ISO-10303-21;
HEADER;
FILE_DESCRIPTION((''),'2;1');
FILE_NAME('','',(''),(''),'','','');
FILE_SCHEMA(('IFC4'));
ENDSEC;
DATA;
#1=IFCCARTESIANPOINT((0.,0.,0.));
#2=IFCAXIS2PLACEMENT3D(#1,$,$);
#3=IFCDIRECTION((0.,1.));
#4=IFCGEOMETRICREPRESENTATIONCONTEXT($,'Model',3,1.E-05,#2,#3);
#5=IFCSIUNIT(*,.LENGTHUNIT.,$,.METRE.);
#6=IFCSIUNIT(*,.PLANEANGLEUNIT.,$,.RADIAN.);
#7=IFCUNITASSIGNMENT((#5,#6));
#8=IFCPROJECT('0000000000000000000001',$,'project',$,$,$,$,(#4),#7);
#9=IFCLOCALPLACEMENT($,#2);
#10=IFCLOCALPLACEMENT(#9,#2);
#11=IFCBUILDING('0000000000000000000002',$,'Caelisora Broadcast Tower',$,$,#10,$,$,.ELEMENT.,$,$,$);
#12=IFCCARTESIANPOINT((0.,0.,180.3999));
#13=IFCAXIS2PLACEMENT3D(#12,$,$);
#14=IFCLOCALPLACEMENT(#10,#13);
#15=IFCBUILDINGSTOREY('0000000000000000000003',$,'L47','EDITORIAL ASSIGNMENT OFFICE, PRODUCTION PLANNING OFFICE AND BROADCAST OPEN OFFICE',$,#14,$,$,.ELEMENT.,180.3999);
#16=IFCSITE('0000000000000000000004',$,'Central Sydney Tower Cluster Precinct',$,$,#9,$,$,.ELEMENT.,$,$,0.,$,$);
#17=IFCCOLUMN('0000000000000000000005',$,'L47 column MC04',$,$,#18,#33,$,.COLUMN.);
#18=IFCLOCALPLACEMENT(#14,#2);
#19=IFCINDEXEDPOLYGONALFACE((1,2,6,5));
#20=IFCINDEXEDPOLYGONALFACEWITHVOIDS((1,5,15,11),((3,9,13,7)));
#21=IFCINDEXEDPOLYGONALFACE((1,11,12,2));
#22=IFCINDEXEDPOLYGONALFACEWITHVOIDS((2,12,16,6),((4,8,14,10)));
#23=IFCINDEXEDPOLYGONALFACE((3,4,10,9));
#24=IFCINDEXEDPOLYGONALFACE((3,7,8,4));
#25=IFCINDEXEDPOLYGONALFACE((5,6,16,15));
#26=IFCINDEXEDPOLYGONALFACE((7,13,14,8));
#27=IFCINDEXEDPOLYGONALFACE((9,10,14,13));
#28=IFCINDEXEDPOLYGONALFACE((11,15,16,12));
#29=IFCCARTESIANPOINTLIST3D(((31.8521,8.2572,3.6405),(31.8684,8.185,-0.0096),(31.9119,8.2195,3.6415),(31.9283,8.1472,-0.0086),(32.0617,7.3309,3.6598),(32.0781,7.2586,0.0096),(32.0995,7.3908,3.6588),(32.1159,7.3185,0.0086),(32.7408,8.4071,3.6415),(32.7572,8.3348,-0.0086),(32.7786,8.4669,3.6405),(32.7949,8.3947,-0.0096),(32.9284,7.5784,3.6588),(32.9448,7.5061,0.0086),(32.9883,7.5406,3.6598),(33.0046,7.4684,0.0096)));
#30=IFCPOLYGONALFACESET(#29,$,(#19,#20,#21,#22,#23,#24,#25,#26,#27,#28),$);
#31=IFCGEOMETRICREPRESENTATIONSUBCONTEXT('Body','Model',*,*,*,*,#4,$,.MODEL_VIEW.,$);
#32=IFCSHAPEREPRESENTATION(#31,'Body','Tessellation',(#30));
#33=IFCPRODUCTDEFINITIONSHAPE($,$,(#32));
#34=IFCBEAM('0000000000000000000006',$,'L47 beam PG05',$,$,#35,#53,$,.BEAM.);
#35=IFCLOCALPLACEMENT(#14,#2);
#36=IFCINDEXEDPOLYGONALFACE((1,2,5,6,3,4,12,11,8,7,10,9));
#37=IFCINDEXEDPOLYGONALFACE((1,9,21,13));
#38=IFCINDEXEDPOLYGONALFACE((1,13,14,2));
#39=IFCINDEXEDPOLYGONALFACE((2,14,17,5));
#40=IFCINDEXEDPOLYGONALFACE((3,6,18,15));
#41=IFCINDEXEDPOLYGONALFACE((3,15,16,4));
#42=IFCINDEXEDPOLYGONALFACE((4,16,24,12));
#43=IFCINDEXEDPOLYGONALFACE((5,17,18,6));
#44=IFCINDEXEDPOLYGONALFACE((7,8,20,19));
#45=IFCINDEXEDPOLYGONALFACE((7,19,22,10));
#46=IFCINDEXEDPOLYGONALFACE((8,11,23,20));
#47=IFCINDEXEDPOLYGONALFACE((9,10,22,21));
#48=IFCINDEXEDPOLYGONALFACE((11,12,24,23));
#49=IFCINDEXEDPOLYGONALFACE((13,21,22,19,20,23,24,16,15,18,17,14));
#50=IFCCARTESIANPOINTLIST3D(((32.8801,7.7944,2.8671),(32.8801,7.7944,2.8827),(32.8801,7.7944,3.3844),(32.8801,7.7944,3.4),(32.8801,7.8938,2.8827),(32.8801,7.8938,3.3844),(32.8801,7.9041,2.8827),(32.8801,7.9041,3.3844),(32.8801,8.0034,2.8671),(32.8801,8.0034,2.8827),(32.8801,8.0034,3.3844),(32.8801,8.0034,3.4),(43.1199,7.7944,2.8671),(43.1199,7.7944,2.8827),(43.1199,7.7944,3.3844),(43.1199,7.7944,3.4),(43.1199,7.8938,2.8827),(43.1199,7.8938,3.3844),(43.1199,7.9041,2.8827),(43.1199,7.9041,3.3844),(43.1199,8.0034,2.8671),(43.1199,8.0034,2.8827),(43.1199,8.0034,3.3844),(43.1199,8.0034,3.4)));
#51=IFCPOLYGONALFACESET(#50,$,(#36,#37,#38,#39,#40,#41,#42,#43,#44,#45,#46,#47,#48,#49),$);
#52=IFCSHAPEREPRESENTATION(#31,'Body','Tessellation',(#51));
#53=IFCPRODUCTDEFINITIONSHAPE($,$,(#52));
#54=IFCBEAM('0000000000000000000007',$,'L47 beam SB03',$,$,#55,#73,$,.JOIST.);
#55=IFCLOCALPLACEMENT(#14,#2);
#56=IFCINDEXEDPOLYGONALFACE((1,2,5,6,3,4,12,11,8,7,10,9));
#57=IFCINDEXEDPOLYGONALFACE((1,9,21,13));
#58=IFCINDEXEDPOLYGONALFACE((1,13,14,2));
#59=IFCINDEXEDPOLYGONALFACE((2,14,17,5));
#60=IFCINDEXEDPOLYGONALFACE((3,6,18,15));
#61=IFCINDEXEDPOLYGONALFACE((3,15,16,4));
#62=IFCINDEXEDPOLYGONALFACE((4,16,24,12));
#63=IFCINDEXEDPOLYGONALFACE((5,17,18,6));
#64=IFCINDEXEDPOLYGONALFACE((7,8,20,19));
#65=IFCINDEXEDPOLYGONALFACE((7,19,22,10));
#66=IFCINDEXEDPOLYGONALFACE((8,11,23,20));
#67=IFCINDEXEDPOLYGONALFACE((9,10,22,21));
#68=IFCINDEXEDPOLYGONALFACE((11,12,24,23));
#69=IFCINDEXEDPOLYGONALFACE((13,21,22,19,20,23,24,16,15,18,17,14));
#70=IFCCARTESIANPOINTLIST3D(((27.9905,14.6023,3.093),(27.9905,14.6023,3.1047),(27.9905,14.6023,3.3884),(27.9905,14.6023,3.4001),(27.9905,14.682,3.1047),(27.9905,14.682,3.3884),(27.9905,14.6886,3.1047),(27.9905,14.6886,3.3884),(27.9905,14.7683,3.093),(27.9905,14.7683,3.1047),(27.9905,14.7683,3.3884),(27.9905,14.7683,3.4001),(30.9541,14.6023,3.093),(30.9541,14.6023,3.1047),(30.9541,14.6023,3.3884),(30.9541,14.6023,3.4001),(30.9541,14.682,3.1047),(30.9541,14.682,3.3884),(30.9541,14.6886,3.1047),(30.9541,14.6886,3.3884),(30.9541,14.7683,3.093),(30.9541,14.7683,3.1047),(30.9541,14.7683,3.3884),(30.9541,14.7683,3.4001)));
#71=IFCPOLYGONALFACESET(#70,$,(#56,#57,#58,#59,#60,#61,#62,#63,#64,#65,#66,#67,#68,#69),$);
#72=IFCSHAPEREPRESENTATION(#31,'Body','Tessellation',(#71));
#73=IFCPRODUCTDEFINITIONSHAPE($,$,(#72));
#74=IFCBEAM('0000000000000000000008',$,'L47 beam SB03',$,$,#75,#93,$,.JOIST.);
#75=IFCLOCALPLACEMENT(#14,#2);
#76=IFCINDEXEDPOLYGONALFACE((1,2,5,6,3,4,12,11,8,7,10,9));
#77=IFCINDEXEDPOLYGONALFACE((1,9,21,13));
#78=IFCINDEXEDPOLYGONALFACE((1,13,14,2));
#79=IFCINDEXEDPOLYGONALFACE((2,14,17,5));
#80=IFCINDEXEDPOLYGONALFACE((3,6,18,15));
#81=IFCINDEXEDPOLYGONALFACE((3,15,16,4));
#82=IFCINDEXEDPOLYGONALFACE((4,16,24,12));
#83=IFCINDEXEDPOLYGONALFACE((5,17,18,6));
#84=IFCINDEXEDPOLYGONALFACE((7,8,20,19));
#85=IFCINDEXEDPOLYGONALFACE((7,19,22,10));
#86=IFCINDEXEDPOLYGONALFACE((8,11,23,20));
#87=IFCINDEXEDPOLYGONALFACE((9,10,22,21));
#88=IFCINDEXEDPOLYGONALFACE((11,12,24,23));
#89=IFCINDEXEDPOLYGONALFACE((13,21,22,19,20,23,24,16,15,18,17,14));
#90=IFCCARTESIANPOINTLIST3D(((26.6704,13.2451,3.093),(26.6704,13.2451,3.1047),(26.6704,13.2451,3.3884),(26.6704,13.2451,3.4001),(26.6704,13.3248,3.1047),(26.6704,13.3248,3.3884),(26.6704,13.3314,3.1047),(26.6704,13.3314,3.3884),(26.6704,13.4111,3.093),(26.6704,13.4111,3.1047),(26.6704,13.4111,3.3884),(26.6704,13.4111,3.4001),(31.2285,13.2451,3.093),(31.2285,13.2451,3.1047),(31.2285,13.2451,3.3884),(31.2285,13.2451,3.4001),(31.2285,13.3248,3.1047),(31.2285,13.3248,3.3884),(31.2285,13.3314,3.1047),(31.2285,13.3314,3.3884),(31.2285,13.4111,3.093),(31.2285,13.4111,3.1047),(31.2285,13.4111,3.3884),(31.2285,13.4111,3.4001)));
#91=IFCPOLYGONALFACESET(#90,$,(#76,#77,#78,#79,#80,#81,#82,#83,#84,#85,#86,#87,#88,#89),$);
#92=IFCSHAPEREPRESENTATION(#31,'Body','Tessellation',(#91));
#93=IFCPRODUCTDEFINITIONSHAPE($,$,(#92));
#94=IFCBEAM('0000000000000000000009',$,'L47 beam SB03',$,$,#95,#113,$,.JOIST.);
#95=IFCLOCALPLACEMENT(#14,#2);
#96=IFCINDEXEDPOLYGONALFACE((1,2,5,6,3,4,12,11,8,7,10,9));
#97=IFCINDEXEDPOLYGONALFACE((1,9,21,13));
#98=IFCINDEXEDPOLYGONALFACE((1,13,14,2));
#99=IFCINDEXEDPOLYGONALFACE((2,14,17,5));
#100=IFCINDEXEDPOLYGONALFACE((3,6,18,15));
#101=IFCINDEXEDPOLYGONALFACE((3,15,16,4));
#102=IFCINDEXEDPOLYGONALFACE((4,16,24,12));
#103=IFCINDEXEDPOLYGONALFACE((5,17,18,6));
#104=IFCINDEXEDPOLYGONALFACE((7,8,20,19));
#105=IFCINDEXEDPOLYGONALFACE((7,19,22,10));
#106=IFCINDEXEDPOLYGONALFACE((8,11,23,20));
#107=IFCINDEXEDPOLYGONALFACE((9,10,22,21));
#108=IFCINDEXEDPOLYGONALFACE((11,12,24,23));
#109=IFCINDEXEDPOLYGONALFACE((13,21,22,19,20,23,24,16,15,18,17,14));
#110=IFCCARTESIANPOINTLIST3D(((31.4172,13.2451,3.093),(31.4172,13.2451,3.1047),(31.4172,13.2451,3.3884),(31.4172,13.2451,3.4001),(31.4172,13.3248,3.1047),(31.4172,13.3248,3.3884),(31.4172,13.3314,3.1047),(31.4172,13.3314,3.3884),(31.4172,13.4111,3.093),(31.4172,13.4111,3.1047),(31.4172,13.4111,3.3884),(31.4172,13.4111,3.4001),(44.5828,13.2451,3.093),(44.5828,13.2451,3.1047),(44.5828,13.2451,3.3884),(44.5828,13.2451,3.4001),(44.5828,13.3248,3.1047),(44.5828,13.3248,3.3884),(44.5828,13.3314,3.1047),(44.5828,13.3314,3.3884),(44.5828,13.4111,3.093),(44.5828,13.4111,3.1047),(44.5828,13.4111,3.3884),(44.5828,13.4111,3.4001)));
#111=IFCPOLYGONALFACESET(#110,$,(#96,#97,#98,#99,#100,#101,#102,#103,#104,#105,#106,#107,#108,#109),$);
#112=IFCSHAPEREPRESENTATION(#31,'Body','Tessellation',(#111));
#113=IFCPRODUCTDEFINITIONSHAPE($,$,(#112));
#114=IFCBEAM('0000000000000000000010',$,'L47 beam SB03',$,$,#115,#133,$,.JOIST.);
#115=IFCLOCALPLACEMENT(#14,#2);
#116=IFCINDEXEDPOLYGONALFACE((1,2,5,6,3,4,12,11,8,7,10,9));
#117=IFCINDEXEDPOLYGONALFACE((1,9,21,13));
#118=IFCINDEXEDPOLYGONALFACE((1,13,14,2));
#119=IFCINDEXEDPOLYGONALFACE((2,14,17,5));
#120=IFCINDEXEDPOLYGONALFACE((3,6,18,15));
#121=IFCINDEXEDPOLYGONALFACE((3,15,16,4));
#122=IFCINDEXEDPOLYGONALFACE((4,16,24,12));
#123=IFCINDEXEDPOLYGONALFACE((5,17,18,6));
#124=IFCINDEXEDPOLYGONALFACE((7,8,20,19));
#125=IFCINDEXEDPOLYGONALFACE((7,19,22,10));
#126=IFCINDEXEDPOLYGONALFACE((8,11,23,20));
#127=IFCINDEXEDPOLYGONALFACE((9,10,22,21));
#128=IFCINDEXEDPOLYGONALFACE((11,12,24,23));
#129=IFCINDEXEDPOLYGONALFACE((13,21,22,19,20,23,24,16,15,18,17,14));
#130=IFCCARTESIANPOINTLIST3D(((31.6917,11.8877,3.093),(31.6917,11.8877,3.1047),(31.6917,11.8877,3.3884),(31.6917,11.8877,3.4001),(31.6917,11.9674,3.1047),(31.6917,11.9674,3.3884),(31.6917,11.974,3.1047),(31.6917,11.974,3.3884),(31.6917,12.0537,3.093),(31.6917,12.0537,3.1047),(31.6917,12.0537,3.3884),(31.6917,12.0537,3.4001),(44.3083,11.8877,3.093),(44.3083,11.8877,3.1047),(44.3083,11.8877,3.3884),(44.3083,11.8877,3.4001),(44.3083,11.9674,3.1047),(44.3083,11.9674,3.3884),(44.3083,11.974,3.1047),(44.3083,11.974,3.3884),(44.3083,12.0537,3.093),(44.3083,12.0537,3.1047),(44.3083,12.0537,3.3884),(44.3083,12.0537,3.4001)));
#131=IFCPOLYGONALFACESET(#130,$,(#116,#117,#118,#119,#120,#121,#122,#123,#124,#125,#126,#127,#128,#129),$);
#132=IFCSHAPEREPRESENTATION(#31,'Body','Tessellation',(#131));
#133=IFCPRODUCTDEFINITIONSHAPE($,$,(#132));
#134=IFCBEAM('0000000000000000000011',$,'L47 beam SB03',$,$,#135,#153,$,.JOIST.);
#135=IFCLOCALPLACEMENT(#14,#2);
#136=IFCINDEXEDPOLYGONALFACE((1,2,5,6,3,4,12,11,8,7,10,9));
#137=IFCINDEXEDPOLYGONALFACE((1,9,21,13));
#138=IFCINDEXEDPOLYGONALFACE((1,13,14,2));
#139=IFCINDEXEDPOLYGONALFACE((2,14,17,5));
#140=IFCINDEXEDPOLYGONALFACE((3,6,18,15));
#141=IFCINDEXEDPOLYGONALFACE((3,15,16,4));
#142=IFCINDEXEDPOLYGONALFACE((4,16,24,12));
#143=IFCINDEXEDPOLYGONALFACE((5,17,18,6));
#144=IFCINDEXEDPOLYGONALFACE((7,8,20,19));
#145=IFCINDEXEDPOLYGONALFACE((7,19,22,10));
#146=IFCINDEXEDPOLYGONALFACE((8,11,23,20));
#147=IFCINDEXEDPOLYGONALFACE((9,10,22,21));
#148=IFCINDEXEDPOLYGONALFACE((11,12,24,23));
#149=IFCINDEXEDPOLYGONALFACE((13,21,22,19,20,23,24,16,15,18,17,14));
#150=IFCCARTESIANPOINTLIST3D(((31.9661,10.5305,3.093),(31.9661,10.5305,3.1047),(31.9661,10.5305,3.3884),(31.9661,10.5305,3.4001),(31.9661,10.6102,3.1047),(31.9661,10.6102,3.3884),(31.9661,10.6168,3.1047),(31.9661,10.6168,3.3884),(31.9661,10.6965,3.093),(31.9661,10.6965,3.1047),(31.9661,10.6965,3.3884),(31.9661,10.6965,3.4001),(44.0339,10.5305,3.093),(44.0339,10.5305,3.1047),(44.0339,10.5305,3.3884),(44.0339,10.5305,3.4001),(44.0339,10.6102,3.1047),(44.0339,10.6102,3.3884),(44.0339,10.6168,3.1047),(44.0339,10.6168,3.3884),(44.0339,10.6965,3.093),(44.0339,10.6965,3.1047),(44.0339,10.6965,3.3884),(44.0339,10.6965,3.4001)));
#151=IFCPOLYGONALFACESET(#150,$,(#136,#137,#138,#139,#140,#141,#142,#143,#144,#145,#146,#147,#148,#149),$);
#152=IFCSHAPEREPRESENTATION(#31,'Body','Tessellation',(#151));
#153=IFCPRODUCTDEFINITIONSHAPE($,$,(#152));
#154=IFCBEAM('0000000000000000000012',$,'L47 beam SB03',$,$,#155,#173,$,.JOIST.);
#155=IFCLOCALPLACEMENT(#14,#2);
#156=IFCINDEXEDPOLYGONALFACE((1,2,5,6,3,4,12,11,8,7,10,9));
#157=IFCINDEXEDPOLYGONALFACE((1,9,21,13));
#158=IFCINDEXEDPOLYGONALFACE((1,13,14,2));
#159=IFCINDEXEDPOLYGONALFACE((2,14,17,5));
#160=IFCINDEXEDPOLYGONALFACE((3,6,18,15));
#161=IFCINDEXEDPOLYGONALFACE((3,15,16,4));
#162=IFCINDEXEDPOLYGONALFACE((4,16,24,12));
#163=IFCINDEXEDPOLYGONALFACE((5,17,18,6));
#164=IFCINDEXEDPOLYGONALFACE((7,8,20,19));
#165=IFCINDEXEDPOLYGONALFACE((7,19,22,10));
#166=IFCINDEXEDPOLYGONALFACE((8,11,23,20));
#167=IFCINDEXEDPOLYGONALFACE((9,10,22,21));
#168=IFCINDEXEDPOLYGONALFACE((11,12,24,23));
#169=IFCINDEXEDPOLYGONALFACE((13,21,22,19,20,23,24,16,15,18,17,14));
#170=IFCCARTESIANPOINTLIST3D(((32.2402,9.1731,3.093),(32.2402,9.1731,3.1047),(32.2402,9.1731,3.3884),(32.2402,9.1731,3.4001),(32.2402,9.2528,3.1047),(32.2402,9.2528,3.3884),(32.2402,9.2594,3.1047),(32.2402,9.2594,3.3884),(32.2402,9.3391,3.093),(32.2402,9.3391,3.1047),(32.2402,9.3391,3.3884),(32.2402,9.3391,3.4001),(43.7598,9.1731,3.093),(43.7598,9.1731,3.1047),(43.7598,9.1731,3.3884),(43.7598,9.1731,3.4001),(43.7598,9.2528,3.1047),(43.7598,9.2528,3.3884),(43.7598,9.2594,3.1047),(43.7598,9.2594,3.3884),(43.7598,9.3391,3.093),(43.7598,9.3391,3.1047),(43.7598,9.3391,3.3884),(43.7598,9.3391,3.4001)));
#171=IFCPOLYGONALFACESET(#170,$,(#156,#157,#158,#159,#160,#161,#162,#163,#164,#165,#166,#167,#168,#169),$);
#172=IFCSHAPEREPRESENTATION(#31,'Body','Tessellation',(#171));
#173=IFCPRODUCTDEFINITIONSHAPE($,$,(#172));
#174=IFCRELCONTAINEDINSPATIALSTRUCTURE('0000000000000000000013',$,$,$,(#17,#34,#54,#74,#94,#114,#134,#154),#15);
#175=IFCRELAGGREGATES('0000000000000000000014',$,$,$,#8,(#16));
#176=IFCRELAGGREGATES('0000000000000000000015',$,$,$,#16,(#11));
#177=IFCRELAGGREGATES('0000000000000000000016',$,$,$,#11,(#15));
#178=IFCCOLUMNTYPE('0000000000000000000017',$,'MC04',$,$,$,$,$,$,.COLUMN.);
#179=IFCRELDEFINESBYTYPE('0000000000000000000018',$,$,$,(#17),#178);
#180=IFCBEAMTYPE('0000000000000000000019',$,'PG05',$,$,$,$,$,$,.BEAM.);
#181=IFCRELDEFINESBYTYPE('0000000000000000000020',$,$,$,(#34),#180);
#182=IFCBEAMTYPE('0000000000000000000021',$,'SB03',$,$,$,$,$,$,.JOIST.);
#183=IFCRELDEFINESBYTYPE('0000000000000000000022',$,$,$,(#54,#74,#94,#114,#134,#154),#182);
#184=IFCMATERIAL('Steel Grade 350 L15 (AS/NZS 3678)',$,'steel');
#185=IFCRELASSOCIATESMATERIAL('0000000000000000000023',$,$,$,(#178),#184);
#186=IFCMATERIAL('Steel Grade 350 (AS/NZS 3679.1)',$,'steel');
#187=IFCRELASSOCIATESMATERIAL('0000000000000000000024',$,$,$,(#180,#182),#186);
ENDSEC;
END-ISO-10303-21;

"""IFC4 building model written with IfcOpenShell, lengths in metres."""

from ifc_helpers import new_model, si_unit, direction, frame, origin, origin_2d, place, context, subcontext, project, spatial, hollow_rectangle, i_section, extrude, source, transform, mapped, material, material_profile, profile_set, type_object, type_shapes, element, save


model = new_model("IFC4")

# Units and contexts
model_context = context("Model", 3, precision=1e-05, world=origin(), true_north=direction((0.0, 1.0)))
body_context = subcontext(model_context, "Body", "Model", "MODEL_VIEW")
ifc_project = project(units=[si_unit("LENGTHUNIT", "METRE"), si_unit("PLANEANGLEUNIT", "RADIAN")], contexts=[model_context])

# Site, building, storey
site_placement = place(None, origin())
site = spatial("IfcSite", under=ifc_project, at=site_placement, Name="Central Sydney Tower Cluster Precinct", CompositionType="ELEMENT", RefElevation=0.0)
building_placement = place(site_placement, origin())
building = spatial("IfcBuilding", under=site, at=building_placement, Name="Caelisora Broadcast Tower", CompositionType="ELEMENT")
storey_placement = place(building_placement, frame((0.0, 0.0, 180.3999)))
storey = spatial("IfcBuildingStorey", under=building, at=storey_placement, Name="L47", Description="EDITORIAL ASSIGNMENT OFFICE, PRODUCTION PLANNING OFFICE AND BROADCAST OPEN OFFICE", CompositionType="ELEMENT", Elevation=180.3999)

# Column
ifc_material_1 = material(Name="Steel Grade 350 L15 (AS/NZS 3678)", Category="steel")
ifc_material_profile_1 = material_profile(ifc_material_1, hollow_rectangle(XDim=0.95, YDim=0.95, WallThickness=0.05, at=origin_2d()), Name="Steel Grade 350 L15 (AS/NZS 3678)")
ifc_profile_set_1 = profile_set([ifc_material_profile_1], Name="Steel Grade 350 L15 (AS/NZS 3678)")
column_type = type_object("IfcColumnType", Name="MC04", PredefinedType="COLUMN", material=ifc_profile_set_1)
shared_shape_1 = source(origin(), body_context, "Body", "SweptSolid", [
    extrude(hollow_rectangle(XDim=0.95, YDim=0.95, WallThickness=0.05, at=origin_2d()), origin(), (0.0, 0.0, 1.0), 3.6509),
])
type_shapes(column_type, [shared_shape_1])
column_placement = place(storey_placement, frame((32.4365, 7.8267, 0.0), z_axis=(-0.00448, 0.019794, 0.999794), x_axis=(-0.975327, -0.220767, 0.0)))
element("IfcColumn", 1, at=column_placement, inside=storey, type_object=column_type, Name="L47 column MC04", PredefinedType="COLUMN", context=body_context, shape_type="MappedRepresentation", body=[
    mapped(shared_shape_1, transform((0.0, 0.0, 0.0), scale=1.0)),
])

# Beams
ifc_material_2 = material(Name="Steel Grade 350 (AS/NZS 3679.1)", Category="steel")
ifc_material_profile_2 = material_profile(ifc_material_2, i_section(OverallWidth=0.209, OverallDepth=0.533, WebThickness=0.0103, FlangeThickness=0.0156, at=origin_2d()), Name="Steel Grade 350 (AS/NZS 3679.1)")
ifc_profile_set_2 = profile_set([ifc_material_profile_2], Name="Steel Grade 350 (AS/NZS 3679.1)")
beam_type_1 = type_object("IfcBeamType", Name="PG05", PredefinedType="BEAM", material=ifc_profile_set_2)
shared_shape_2 = source(origin(), body_context, "Body", "SweptSolid", [
    extrude(i_section(OverallWidth=0.209, OverallDepth=0.533, WebThickness=0.0103, FlangeThickness=0.0156, at=origin_2d()), origin(), (0.0, 0.0, 1.0), 10.2397),
])
type_shapes(beam_type_1, [shared_shape_2])
beam_1_placement = place(storey_placement, frame((32.8801, 7.8989, 3.1335), z_axis=(1.0, 0.0, 0.0), x_axis=(0.0, 1.0, 0.0)))
element("IfcBeam", 2, at=beam_1_placement, inside=storey, type_object=beam_type_1, Name="L47 beam PG05", PredefinedType="BEAM", context=body_context, shape_type="MappedRepresentation", body=[
    mapped(shared_shape_2, transform((0.0, 0.0, 0.0), scale=1.0)),
])
ifc_material_profile_3 = material_profile(ifc_material_2, i_section(OverallWidth=0.166, OverallDepth=0.3071, WebThickness=0.0066, FlangeThickness=0.0117, at=origin_2d()), Name="Steel Grade 350 (AS/NZS 3679.1)")
ifc_profile_set_3 = profile_set([ifc_material_profile_3], Name="Steel Grade 350 (AS/NZS 3679.1)")
beam_type_2 = type_object("IfcBeamType", Name="SB03", PredefinedType="JOIST", material=ifc_profile_set_3)
shared_shape_3 = source(origin(), body_context, "Body", "SweptSolid", [
    extrude(i_section(OverallWidth=0.166, OverallDepth=0.3071, WebThickness=0.0066, FlangeThickness=0.0117, at=origin_2d()), origin(), (0.0, 0.0, 1.0), 2.9636),
])
beam_2_placement = place(storey_placement, frame((27.9905, 14.6853, 3.2466), z_axis=(1.0, 0.0, 0.0), x_axis=(0.0, 1.0, 0.0)))
element("IfcBeam", 3, at=beam_2_placement, inside=storey, type_object=beam_type_2, Name="L47 beam SB03", PredefinedType="JOIST", context=body_context, shape_type="MappedRepresentation", body=[
    mapped(shared_shape_3, transform((0.0, 0.0, 0.0), scale=1.0)),
])
shared_shape_4 = source(origin(), body_context, "Body", "SweptSolid", [
    extrude(i_section(OverallWidth=0.166, OverallDepth=0.3071, WebThickness=0.0066, FlangeThickness=0.0117, at=origin_2d()), origin(), (0.0, 0.0, 1.0), 4.5581),
])
beam_3_placement = place(storey_placement, frame((26.6704, 13.3281, 3.2466), z_axis=(1.0, 0.0, 0.0), x_axis=(0.0, 1.0, 0.0)))
element("IfcBeam", 4, at=beam_3_placement, inside=storey, type_object=beam_type_2, Name="L47 beam SB03", PredefinedType="JOIST", context=body_context, shape_type="MappedRepresentation", body=[
    mapped(shared_shape_4, transform((0.0, 0.0, 0.0), scale=1.0)),
])
shared_shape_5 = source(origin(), body_context, "Body", "SweptSolid", [
    extrude(i_section(OverallWidth=0.166, OverallDepth=0.3071, WebThickness=0.0066, FlangeThickness=0.0117, at=origin_2d()), origin(), (0.0, 0.0, 1.0), 13.1655),
])
beam_4_placement = place(storey_placement, frame((31.4172, 13.3281, 3.2466), z_axis=(1.0, 0.0, 0.0), x_axis=(0.0, 1.0, 0.0)))
element("IfcBeam", 5, at=beam_4_placement, inside=storey, type_object=beam_type_2, Name="L47 beam SB03", PredefinedType="JOIST", context=body_context, shape_type="MappedRepresentation", body=[
    mapped(shared_shape_5, transform((0.0, 0.0, 0.0), scale=1.0)),
])
shared_shape_6 = source(origin(), body_context, "Body", "SweptSolid", [
    extrude(i_section(OverallWidth=0.166, OverallDepth=0.3071, WebThickness=0.0066, FlangeThickness=0.0117, at=origin_2d()), origin(), (0.0, 0.0, 1.0), 12.6167),
])
beam_5_placement = place(storey_placement, frame((31.6917, 11.9707, 3.2466), z_axis=(1.0, 0.0, 0.0), x_axis=(0.0, 1.0, 0.0)))
element("IfcBeam", 6, at=beam_5_placement, inside=storey, type_object=beam_type_2, Name="L47 beam SB03", PredefinedType="JOIST", context=body_context, shape_type="MappedRepresentation", body=[
    mapped(shared_shape_6, transform((0.0, 0.0, 0.0), scale=1.0)),
])
shared_shape_7 = source(origin(), body_context, "Body", "SweptSolid", [
    extrude(i_section(OverallWidth=0.166, OverallDepth=0.3071, WebThickness=0.0066, FlangeThickness=0.0117, at=origin_2d()), origin(), (0.0, 0.0, 1.0), 12.0679),
])
beam_6_placement = place(storey_placement, frame((31.9661, 10.6135, 3.2466), z_axis=(1.0, 0.0, 0.0), x_axis=(0.0, 1.0, 0.0)))
element("IfcBeam", 7, at=beam_6_placement, inside=storey, type_object=beam_type_2, Name="L47 beam SB03", PredefinedType="JOIST", context=body_context, shape_type="MappedRepresentation", body=[
    mapped(shared_shape_7, transform((0.0, 0.0, 0.0), scale=1.0)),
])
shared_shape_8 = source(origin(), body_context, "Body", "SweptSolid", [
    extrude(i_section(OverallWidth=0.166, OverallDepth=0.3071, WebThickness=0.0066, FlangeThickness=0.0117, at=origin_2d()), origin(), (0.0, 0.0, 1.0), 11.5195),
])
type_shapes(beam_type_2, [shared_shape_3, shared_shape_4, shared_shape_5, shared_shape_6, shared_shape_7, shared_shape_8])
beam_7_placement = place(storey_placement, frame((32.2402, 9.2561, 3.2466), z_axis=(1.0, 0.0, 0.0), x_axis=(0.0, 1.0, 0.0)))
element("IfcBeam", 8, at=beam_7_placement, inside=storey, type_object=beam_type_2, Name="L47 beam SB03", PredefinedType="JOIST", context=body_context, shape_type="MappedRepresentation", body=[
    mapped(shared_shape_8, transform((0.0, 0.0, 0.0), scale=1.0)),
])

save(model, "model.ifc")
